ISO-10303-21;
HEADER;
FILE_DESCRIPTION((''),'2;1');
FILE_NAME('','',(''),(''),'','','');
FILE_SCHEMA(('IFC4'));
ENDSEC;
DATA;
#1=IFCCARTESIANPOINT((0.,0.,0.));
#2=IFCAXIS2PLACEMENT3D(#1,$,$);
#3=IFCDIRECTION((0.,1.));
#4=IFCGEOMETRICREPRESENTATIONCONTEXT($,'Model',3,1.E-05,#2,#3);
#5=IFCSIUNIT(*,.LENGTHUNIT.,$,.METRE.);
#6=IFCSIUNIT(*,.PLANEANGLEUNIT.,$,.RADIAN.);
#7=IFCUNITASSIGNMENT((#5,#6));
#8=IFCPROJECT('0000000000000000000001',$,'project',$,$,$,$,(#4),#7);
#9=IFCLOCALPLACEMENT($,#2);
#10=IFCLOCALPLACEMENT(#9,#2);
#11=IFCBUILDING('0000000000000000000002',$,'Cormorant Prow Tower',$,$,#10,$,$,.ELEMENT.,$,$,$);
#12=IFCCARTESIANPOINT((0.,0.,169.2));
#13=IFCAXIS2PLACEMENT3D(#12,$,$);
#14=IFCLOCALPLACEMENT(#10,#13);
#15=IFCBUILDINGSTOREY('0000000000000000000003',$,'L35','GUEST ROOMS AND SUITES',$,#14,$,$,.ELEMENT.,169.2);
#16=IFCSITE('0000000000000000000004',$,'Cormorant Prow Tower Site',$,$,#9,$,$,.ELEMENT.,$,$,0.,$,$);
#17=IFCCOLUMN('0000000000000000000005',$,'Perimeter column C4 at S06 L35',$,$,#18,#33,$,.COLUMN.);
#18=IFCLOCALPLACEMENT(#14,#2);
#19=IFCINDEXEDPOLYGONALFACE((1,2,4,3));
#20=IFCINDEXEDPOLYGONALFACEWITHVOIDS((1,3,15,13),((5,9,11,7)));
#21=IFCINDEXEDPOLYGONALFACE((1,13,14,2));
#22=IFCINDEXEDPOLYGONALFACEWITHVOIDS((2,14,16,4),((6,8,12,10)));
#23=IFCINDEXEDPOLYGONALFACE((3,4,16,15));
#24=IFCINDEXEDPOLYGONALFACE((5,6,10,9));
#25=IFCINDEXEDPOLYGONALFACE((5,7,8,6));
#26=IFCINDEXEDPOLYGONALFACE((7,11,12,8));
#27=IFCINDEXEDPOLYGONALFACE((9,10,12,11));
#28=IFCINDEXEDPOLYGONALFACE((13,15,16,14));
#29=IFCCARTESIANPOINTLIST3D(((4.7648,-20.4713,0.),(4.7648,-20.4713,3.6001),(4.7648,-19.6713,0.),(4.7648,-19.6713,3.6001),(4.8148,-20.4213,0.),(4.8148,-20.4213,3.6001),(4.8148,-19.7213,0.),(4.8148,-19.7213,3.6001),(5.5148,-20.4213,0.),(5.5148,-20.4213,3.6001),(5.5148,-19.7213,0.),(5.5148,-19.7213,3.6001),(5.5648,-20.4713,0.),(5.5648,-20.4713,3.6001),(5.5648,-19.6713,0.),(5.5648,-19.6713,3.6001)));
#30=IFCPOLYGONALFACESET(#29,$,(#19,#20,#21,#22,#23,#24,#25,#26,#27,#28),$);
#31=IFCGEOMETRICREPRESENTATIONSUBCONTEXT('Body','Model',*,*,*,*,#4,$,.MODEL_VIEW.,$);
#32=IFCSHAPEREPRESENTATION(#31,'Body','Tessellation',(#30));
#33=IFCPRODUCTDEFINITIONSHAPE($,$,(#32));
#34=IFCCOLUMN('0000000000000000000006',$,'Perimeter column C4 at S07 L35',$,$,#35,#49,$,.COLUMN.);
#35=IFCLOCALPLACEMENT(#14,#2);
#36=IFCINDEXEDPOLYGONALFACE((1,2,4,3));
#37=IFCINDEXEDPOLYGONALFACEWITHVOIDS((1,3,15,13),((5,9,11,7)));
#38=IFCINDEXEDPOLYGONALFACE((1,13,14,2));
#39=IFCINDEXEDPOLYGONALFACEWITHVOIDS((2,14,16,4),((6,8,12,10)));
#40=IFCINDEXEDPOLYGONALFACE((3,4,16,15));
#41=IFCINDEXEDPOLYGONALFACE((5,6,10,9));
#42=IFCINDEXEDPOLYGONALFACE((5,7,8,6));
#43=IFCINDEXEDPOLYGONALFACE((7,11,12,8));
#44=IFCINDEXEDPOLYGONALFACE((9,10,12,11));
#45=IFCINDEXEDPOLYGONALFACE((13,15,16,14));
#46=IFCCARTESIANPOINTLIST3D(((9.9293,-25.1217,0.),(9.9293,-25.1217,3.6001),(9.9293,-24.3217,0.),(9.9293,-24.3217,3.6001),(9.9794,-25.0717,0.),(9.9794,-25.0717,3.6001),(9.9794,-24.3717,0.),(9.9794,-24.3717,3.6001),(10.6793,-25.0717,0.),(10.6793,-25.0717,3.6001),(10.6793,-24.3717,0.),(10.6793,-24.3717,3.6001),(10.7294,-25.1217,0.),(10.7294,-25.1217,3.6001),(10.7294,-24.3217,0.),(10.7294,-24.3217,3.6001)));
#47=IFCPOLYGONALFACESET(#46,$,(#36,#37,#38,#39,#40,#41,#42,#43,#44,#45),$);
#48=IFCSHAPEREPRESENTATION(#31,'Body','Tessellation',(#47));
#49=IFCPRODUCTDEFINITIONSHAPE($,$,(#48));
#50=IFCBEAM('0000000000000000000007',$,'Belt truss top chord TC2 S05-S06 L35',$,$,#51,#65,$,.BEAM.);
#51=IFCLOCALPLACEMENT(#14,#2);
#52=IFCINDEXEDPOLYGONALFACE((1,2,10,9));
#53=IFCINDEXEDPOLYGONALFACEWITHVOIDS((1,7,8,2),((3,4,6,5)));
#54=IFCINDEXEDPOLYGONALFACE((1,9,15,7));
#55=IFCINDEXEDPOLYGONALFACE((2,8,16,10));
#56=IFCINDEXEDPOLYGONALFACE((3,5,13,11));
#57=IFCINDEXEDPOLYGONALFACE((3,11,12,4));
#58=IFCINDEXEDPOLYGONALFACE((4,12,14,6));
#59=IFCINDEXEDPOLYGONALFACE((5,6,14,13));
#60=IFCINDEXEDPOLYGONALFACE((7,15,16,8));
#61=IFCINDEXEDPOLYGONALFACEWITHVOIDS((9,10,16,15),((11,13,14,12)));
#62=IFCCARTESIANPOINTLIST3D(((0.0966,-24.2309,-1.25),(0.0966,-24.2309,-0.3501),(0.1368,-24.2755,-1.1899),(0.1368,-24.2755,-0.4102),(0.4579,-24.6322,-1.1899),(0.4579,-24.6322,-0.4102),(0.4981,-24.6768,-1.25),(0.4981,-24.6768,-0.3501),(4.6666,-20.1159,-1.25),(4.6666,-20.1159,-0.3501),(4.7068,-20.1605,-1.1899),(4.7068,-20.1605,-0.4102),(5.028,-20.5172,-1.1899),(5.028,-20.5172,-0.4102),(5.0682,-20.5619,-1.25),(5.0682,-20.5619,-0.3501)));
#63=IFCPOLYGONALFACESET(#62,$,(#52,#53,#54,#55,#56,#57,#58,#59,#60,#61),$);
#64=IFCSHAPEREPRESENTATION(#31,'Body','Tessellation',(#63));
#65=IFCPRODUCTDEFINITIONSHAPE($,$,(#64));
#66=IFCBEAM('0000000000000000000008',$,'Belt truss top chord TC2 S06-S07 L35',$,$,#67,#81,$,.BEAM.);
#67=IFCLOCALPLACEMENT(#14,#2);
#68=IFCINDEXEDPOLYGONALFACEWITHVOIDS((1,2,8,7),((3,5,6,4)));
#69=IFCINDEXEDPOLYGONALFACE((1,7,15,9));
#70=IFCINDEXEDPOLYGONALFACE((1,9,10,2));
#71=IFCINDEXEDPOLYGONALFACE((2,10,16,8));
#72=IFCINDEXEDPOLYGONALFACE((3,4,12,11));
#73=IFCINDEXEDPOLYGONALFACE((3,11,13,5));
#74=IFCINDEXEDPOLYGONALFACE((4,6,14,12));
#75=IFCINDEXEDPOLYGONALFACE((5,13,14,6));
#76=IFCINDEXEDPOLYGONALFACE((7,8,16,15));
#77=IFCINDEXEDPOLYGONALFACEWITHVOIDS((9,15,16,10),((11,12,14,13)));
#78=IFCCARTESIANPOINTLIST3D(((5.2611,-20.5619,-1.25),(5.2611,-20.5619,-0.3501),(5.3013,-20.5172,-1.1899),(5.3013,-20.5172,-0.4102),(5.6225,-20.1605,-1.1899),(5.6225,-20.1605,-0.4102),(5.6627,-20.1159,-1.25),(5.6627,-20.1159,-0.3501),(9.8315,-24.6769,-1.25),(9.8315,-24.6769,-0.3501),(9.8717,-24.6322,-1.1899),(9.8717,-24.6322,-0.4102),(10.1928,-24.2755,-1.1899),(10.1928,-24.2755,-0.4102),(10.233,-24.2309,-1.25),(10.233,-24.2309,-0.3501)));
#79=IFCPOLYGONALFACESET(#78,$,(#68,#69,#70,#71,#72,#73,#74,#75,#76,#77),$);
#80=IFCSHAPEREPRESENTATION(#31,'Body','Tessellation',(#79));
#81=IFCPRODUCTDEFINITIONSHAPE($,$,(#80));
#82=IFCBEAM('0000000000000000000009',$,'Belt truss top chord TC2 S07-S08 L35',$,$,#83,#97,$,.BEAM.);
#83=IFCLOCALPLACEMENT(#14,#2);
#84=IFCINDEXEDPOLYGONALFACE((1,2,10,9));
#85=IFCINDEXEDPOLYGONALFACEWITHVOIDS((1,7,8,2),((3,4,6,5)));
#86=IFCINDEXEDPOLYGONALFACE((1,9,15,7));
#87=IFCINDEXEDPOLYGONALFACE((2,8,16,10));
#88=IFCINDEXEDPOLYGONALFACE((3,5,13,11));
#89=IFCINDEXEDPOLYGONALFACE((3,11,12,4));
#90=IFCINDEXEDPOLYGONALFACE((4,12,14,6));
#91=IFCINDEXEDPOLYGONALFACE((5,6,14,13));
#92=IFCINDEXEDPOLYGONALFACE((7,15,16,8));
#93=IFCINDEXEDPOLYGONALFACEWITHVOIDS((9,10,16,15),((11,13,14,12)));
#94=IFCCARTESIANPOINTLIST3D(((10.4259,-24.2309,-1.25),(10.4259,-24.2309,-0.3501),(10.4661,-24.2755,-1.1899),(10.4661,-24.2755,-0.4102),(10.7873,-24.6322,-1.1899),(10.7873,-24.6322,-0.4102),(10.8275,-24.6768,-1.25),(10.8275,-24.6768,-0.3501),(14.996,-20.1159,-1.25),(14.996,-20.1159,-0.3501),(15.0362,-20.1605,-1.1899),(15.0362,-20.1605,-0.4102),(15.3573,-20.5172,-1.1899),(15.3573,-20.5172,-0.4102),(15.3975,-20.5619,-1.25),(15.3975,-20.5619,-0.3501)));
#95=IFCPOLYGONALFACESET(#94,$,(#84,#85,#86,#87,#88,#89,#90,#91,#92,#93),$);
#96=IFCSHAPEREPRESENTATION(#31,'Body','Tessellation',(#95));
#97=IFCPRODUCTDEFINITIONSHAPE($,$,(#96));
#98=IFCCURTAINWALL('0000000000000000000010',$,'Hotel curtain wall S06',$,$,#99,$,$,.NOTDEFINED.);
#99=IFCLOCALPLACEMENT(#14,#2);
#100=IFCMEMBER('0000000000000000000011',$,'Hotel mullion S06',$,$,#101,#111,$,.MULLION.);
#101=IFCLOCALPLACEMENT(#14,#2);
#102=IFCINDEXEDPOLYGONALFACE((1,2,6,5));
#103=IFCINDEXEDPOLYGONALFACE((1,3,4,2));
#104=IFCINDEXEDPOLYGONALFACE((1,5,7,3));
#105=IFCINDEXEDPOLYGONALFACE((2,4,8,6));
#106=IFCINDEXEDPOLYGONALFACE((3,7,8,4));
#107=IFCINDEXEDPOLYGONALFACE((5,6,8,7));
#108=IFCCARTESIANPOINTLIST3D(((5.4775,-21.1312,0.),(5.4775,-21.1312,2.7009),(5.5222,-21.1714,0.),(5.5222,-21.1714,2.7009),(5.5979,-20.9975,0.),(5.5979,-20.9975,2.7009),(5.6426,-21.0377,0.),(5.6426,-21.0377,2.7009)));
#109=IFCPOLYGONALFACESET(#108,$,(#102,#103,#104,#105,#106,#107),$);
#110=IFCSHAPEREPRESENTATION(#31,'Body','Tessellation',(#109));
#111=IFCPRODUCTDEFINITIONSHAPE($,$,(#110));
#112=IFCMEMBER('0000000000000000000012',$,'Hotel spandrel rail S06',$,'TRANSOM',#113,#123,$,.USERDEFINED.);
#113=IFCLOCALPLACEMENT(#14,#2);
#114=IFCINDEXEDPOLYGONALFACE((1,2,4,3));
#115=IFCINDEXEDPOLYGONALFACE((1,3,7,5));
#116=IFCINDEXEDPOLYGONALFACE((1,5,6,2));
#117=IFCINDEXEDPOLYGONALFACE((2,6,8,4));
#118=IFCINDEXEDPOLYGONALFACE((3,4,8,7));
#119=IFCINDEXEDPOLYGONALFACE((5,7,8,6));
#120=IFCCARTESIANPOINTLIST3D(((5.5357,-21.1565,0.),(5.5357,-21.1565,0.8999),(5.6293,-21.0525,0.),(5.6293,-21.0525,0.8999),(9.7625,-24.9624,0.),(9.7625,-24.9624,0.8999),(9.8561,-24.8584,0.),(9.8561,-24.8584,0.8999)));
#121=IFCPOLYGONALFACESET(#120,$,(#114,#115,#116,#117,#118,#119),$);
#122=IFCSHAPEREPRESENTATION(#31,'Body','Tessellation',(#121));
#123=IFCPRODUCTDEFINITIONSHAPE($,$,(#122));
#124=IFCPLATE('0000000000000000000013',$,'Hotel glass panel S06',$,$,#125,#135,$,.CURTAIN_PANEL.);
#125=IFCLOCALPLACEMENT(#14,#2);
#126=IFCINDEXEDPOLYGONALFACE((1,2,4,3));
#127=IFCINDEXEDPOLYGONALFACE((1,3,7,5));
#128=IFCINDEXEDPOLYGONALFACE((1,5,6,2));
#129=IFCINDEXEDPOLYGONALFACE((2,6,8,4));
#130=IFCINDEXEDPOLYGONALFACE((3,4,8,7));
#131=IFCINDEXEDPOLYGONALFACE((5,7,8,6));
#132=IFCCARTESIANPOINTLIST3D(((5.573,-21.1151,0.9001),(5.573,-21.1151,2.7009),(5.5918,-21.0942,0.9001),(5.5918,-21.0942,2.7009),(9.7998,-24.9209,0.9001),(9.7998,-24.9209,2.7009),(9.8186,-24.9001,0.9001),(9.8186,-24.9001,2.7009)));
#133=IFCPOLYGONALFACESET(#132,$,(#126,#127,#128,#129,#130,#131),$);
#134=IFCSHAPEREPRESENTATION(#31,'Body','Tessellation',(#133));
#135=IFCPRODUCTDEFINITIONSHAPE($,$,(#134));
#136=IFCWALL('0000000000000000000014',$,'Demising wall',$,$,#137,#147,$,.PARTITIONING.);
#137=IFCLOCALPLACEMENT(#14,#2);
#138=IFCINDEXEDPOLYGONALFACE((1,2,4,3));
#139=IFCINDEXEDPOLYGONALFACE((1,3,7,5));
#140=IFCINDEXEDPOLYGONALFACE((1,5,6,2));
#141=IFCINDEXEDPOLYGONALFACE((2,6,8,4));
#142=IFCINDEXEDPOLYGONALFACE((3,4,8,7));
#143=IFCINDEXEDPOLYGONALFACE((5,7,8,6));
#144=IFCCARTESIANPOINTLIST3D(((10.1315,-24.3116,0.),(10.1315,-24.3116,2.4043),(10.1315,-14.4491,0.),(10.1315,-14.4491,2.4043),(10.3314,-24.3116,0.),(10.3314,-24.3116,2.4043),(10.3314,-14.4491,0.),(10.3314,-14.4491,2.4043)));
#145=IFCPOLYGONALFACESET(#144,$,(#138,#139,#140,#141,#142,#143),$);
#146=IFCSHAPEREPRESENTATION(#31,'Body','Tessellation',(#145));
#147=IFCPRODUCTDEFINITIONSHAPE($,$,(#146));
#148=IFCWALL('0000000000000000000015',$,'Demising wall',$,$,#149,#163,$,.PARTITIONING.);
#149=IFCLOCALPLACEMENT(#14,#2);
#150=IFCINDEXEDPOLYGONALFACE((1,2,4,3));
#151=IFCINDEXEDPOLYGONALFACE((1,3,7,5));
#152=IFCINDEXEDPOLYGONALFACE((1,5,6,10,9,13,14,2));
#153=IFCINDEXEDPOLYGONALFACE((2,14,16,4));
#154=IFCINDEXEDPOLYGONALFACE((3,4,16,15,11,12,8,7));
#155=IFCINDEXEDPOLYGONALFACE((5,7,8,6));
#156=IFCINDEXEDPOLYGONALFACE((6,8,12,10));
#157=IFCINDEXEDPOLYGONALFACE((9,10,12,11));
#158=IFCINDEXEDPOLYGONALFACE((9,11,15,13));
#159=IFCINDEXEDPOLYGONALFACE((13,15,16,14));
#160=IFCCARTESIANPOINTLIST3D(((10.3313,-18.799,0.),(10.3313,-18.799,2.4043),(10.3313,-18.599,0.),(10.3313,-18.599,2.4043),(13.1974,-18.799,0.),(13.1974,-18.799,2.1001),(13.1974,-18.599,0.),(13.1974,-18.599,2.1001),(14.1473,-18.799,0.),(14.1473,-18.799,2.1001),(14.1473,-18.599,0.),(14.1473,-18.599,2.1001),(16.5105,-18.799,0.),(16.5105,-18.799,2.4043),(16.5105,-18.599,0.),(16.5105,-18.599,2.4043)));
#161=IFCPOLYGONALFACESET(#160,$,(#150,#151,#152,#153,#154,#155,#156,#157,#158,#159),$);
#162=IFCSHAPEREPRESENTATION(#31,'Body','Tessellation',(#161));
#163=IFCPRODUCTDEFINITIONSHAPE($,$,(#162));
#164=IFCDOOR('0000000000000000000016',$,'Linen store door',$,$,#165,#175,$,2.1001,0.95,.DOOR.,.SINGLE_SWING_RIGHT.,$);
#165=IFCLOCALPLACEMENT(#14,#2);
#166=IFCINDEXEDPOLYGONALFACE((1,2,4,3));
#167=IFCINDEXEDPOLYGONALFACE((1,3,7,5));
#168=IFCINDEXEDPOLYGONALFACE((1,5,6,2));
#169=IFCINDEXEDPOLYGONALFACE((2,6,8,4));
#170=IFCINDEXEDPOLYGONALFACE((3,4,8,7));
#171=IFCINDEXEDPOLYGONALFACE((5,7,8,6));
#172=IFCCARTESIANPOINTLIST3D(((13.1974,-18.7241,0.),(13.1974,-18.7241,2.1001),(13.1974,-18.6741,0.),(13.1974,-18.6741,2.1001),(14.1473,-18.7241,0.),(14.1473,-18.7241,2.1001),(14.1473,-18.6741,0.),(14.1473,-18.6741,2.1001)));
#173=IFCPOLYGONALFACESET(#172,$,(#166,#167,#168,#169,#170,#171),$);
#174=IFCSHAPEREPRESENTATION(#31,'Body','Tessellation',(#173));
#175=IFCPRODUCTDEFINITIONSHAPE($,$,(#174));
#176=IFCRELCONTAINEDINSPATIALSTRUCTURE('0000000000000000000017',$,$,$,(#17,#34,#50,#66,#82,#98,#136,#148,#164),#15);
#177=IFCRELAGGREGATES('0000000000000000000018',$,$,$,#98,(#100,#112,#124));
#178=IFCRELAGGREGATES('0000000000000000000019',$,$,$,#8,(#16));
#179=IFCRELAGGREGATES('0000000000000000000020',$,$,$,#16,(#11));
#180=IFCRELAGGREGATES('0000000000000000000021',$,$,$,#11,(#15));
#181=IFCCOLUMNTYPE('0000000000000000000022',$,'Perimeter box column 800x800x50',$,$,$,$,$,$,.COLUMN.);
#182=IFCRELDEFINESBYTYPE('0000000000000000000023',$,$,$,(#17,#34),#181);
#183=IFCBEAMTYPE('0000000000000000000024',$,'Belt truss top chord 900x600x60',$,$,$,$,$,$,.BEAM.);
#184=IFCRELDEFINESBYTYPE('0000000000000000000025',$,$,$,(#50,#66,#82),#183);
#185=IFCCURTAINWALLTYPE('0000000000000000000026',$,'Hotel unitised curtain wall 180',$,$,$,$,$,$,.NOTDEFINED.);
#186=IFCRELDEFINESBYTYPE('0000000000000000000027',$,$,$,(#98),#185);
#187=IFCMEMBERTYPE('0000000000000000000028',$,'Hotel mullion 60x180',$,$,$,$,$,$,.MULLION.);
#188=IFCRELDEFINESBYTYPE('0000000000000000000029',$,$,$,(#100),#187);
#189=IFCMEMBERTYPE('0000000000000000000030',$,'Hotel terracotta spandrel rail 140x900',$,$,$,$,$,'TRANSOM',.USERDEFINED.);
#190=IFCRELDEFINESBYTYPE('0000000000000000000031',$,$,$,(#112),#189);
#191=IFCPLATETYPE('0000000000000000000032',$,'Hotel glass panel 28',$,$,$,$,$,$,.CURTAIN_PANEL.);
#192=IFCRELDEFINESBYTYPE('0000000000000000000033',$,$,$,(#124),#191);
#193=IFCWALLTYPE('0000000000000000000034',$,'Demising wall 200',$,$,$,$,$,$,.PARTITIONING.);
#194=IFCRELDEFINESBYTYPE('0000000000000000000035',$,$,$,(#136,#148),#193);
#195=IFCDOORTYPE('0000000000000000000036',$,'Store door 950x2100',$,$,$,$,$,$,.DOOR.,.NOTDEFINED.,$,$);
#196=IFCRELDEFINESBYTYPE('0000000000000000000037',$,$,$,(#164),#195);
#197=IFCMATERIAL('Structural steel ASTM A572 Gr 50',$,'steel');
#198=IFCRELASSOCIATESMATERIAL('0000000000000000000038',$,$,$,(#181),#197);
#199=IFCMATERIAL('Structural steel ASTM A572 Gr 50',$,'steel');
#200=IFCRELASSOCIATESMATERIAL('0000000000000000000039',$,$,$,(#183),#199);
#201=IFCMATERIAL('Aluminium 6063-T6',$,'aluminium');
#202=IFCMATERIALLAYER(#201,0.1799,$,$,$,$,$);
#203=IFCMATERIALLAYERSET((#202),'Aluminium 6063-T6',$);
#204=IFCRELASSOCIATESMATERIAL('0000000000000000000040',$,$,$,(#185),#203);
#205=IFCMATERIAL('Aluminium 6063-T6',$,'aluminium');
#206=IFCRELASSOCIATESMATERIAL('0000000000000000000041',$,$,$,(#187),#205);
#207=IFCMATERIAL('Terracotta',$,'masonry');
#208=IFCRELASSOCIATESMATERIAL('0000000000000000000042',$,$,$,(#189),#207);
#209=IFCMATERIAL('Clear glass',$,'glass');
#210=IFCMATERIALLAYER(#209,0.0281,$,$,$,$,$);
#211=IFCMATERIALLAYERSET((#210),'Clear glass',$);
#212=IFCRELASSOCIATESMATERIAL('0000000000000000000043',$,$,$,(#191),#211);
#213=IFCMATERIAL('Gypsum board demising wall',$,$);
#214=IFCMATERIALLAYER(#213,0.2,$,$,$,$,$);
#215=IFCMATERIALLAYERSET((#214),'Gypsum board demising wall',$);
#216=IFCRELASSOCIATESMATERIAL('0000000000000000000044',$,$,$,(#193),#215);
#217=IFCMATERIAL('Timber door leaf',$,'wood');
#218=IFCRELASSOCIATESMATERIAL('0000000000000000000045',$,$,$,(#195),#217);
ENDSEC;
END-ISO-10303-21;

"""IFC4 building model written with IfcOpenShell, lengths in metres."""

from ifc_helpers import new_model, si_unit, direction, frame, frame_2d, origin, origin_2d, place, context, subcontext, project, spatial, rectangle, hollow_rectangle, extrude, material, layer, layer_set, material_profile, profile_set, type_object, element, fill, aggregate, save


model = new_model("IFC4")

# Units and contexts
model_context = context("Model", 3, precision=1e-05, world=origin(), true_north=direction((0.0, 1.0)))
body_context = subcontext(model_context, "Body", "Model", "MODEL_VIEW")
ifc_project = project(units=[si_unit("LENGTHUNIT", "METRE"), si_unit("PLANEANGLEUNIT", "RADIAN")], contexts=[model_context])

# Site, building, storey
site_placement = place(None, origin())
site = spatial("IfcSite", under=ifc_project, at=site_placement, Name="Cormorant Prow Tower Site", CompositionType="ELEMENT", RefElevation=0.0)
building_placement = place(site_placement, origin())
building = spatial("IfcBuilding", under=site, at=building_placement, Name="Cormorant Prow Tower", CompositionType="ELEMENT")
storey_placement = place(building_placement, frame((0.0, 0.0, 169.2)))
storey = spatial("IfcBuildingStorey", under=building, at=storey_placement, Name="L35", Description="GUEST ROOMS AND SUITES", CompositionType="ELEMENT", Elevation=169.2)

# Columns
ifc_material_1 = material(Name="Structural steel ASTM A572 Gr 50", Category="steel")
ifc_material_profile_1 = material_profile(ifc_material_1, hollow_rectangle(XDim=0.8, YDim=0.8, WallThickness=0.05, at=origin_2d()), Name="Box 800x800x50")
ifc_profile_set_1 = profile_set([ifc_material_profile_1], Name="Structural steel ASTM A572 Gr 50")
column_type = type_object("IfcColumnType", Name="Perimeter box column 800x800x50", PredefinedType="COLUMN", material=ifc_profile_set_1)
for number, where, z_axis, x_axis, name in (
    (1, (5.1648, -20.0713, 0.0), (0.0, 0.0, 1.0), (1.0, 0.0, 0.0), "Perimeter column C4 at S06 L35"),
    (2, (10.3293, -24.7217, 0.0), (0.0, 0.0, 1.0), (1.0, 0.0, 0.0), "Perimeter column C4 at S07 L35"),
):
    element("IfcColumn", number, at=place(storey_placement, frame(where, z_axis=z_axis, x_axis=x_axis)), inside=storey, type_object=column_type, Name=name, PredefinedType="COLUMN", context=body_context, shape_type="SweptSolid", body=[
        extrude(hollow_rectangle(XDim=0.8, YDim=0.8, WallThickness=0.05, at=origin_2d()), origin(), (0.0, 0.0, 1.0), 3.6001),
    ])

# Beams
ifc_material_2 = material(Name="Structural steel ASTM A572 Gr 50", Category="steel")
ifc_material_profile_2 = material_profile(ifc_material_2, hollow_rectangle(XDim=0.6001, YDim=0.8999, WallThickness=0.0601, at=origin_2d()), Name="Box 900x600x60")
ifc_profile_set_2 = profile_set([ifc_material_profile_2], Name="Structural steel ASTM A572 Gr 50")
beam_type = type_object("IfcBeamType", Name="Belt truss top chord 900x600x60", PredefinedType="BEAM", material=ifc_profile_set_2)
beam_1_placement = place(storey_placement, frame((0.2974, -24.4539, -0.8), z_axis=(0.743138, 0.669138, 0.0), x_axis=(-0.669138, 0.743138, 0.0)))
element("IfcBeam", 3, at=beam_1_placement, inside=storey, type_object=beam_type, Name="Belt truss top chord TC2 S05-S06 L35", PredefinedType="BEAM", context=body_context, shape_type="SweptSolid", body=[
    extrude(hollow_rectangle(XDim=0.6001, YDim=0.8999, WallThickness=0.0601, at=origin_2d()), origin(), (0.0, 0.0, 1.0), 6.1497),
])
beam_2_placement = place(storey_placement, frame((5.4619, -20.3389, -0.8), z_axis=(0.743156, -0.669118, 0.0), x_axis=(0.669118, 0.743156, 0.0)))
element("IfcBeam", 4, at=beam_2_placement, inside=storey, type_object=beam_type, Name="Belt truss top chord TC2 S06-S07 L35", PredefinedType="BEAM", context=body_context, shape_type="SweptSolid", body=[
    extrude(hollow_rectangle(XDim=0.6001, YDim=0.8999, WallThickness=0.0601, at=origin_2d()), origin(), (0.0, 0.0, 1.0), 6.1499),
])
beam_3_placement = place(storey_placement, frame((10.6267, -24.4539, -0.8), z_axis=(0.743138, 0.669138, 0.0), x_axis=(-0.669138, 0.743138, 0.0)))
element("IfcBeam", 5, at=beam_3_placement, inside=storey, type_object=beam_type, Name="Belt truss top chord TC2 S07-S08 L35", PredefinedType="BEAM", context=body_context, shape_type="SweptSolid", body=[
    extrude(hollow_rectangle(XDim=0.6001, YDim=0.8999, WallThickness=0.0601, at=origin_2d()), origin(), (0.0, 0.0, 1.0), 6.1497),
])

# Curtain wall, members, plate
ifc_material_3 = material(Name="Aluminium 6063-T6", Category="aluminium")
ifc_layer_1 = layer(ifc_material_3, 0.1799)
ifc_layer_set_1 = layer_set([ifc_layer_1], Name="Aluminium 6063-T6")
curtain_wall_type = type_object("IfcCurtainWallType", Name="Hotel unitised curtain wall 180", PredefinedType="NOTDEFINED", material=ifc_layer_set_1)
curtain_wall_placement = place(storey_placement, origin())
curtain_wall = element("IfcCurtainWall", 6, at=curtain_wall_placement, inside=storey, type_object=curtain_wall_type, Name="Hotel curtain wall S06", PredefinedType="NOTDEFINED")
ifc_material_4 = material(Name="Aluminium 6063-T6", Category="aluminium")
ifc_material_profile_3 = material_profile(ifc_material_4, rectangle(XDim=0.1799, YDim=0.0601, at=origin_2d()), Name="Hotel mullion 60x180")
ifc_profile_set_3 = profile_set([ifc_material_profile_3], Name="Aluminium 6063-T6")
member_type_1 = type_object("IfcMemberType", Name="Hotel mullion 60x180", PredefinedType="MULLION", material=ifc_profile_set_3)
member_1_placement = place(storey_placement, frame((5.5601, -21.0845, 0.0), z_axis=(0.0, 0.0, 1.0), x_axis=(0.66913, 0.743145, 0.0)))
member_1 = element("IfcMember", 7, at=member_1_placement, type_object=member_type_1, Name="Hotel mullion S06", PredefinedType="MULLION", context=body_context, shape_type="SweptSolid", body=[
    extrude(rectangle(XDim=0.1799, YDim=0.0601, at=origin_2d()), origin(), (0.0, 0.0, 1.0), 2.7009),
])
ifc_material_5 = material(Name="Terracotta", Category="masonry")
ifc_material_profile_4 = material_profile(ifc_material_5, rectangle(XDim=0.1399, YDim=0.8999, at=origin_2d()), Name="Hotel terracotta spandrel rail 140x900")
ifc_profile_set_4 = profile_set([ifc_material_profile_4], Name="Terracotta")
member_type_2 = type_object("IfcMemberType", Name="Hotel terracotta spandrel rail 140x900", ElementType="TRANSOM", PredefinedType="USERDEFINED", material=ifc_profile_set_4)
member_2_placement = place(storey_placement, frame((5.5825, -21.1045, 0.45), z_axis=(0.743138, -0.669138, 0.0), x_axis=(0.669138, 0.743138, 0.0)))
member_2 = element("IfcMember", 8, at=member_2_placement, type_object=member_type_2, Name="Hotel spandrel rail S06", ObjectType="TRANSOM", PredefinedType="USERDEFINED", context=body_context, shape_type="SweptSolid", body=[
    extrude(rectangle(XDim=0.1399, YDim=0.8999, at=origin_2d()), origin(), (0.0, 0.0, 1.0), 5.6877),
])
ifc_material_6 = material(Name="Clear glass", Category="glass")
ifc_layer_2 = layer(ifc_material_6, 0.0281)
ifc_layer_set_2 = layer_set([ifc_layer_2], Name="Clear glass")
plate_type = type_object("IfcPlateType", Name="Hotel glass panel 28", PredefinedType="CURTAIN_PANEL", material=ifc_layer_set_2)
plate_placement = place(storey_placement, frame((7.6958, -23.0076, 0.9001), z_axis=(0.0, 0.0, 1.0), x_axis=(0.743145, -0.66913, 0.0)))
plate = element("IfcPlate", 9, at=plate_placement, type_object=plate_type, Name="Hotel glass panel S06", PredefinedType="CURTAIN_PANEL", context=body_context, shape_type="SweptSolid", body=[
    extrude(rectangle(XDim=5.6877, YDim=0.0281, at=origin_2d()), origin(), (0.0, 0.0, 1.0), 1.8008),
])
aggregate(curtain_wall, [member_1, member_2, plate])

# Wall
ifc_material_7 = material(Name="Gypsum board demising wall")
ifc_layer_3 = layer(ifc_material_7, 0.2)
ifc_layer_set_3 = layer_set([ifc_layer_3], Name="Gypsum board demising wall")
wall_type_1 = type_object("IfcWallType", Name="Demising wall 200", PredefinedType="PARTITIONING", material=ifc_layer_set_3)
wall_1_placement = place(storey_placement, frame((10.2314, -24.3115, 0.0), z_axis=(0.0, 0.0, 1.0), x_axis=(0.0, 1.0, 0.0)))
element("IfcWall", 10, at=wall_1_placement, inside=storey, type_object=wall_type_1, Name="Demising wall", PredefinedType="PARTITIONING", context=body_context, shape_type="SweptSolid", body=[
    extrude(rectangle(XDim=9.8625, YDim=0.2, at=frame_2d((4.9312, 0.0))), origin(), (0.0, 0.0, 1.0), 2.4043),
])

# Wall, opening, door
wall_2_placement = place(storey_placement, frame((10.3313, -18.699, 0.0), z_axis=(0.0, 0.0, 1.0), x_axis=(1.0, 0.0, 0.0)))
wall_2 = element("IfcWall", 11, at=wall_2_placement, inside=storey, type_object=wall_type_1, Name="Demising wall", PredefinedType="PARTITIONING", context=body_context, shape_type="SweptSolid", body=[
    extrude(rectangle(XDim=6.1792, YDim=0.2, at=frame_2d((3.0896, 0.0))), origin(), (0.0, 0.0, 1.0), 2.4043),
])
opening_1_placement = place(wall_2_placement, frame((2.866, 0.0, 0.0)))
opening_1 = element("IfcOpeningElement", 12, at=opening_1_placement, cuts=wall_2, PredefinedType="OPENING", context=body_context, shape_type="SweptSolid", body=[
    extrude(rectangle(XDim=0.95, YDim=2.1001, at=frame_2d((0.4751, 1.05))), frame((0.0, 0.1099, 0.0), z_axis=(0.0, -1.0, 0.0), x_axis=(1.0, 0.0, 0.0)), (0.0, 0.0, 1.0), 0.22),
])
ifc_material_8 = material(Name="Timber door leaf", Category="wood")
door_type_1 = type_object("IfcDoorType", Name="Store door 950x2100", OperationType="NOTDEFINED", PredefinedType="DOOR", material=ifc_material_8)
door_1_placement = place(opening_1_placement, origin())
door_1 = element("IfcDoor", 13, at=door_1_placement, inside=storey, type_object=door_type_1, Name="Linen store door", OperationType="SINGLE_SWING_RIGHT", OverallHeight=2.1001, OverallWidth=0.95, PredefinedType="DOOR", context=body_context, shape_type="SweptSolid", body=[
    extrude(rectangle(XDim=0.95, YDim=2.1001, at=frame_2d((0.4751, 1.05))), frame((0.0, 0.0249, 0.0), z_axis=(0.0, -1.0, 0.0), x_axis=(1.0, 0.0, 0.0)), (0.0, 0.0, 1.0), 0.05),
])
fill(opening_1, door_1)

save(model, "model.ifc")
